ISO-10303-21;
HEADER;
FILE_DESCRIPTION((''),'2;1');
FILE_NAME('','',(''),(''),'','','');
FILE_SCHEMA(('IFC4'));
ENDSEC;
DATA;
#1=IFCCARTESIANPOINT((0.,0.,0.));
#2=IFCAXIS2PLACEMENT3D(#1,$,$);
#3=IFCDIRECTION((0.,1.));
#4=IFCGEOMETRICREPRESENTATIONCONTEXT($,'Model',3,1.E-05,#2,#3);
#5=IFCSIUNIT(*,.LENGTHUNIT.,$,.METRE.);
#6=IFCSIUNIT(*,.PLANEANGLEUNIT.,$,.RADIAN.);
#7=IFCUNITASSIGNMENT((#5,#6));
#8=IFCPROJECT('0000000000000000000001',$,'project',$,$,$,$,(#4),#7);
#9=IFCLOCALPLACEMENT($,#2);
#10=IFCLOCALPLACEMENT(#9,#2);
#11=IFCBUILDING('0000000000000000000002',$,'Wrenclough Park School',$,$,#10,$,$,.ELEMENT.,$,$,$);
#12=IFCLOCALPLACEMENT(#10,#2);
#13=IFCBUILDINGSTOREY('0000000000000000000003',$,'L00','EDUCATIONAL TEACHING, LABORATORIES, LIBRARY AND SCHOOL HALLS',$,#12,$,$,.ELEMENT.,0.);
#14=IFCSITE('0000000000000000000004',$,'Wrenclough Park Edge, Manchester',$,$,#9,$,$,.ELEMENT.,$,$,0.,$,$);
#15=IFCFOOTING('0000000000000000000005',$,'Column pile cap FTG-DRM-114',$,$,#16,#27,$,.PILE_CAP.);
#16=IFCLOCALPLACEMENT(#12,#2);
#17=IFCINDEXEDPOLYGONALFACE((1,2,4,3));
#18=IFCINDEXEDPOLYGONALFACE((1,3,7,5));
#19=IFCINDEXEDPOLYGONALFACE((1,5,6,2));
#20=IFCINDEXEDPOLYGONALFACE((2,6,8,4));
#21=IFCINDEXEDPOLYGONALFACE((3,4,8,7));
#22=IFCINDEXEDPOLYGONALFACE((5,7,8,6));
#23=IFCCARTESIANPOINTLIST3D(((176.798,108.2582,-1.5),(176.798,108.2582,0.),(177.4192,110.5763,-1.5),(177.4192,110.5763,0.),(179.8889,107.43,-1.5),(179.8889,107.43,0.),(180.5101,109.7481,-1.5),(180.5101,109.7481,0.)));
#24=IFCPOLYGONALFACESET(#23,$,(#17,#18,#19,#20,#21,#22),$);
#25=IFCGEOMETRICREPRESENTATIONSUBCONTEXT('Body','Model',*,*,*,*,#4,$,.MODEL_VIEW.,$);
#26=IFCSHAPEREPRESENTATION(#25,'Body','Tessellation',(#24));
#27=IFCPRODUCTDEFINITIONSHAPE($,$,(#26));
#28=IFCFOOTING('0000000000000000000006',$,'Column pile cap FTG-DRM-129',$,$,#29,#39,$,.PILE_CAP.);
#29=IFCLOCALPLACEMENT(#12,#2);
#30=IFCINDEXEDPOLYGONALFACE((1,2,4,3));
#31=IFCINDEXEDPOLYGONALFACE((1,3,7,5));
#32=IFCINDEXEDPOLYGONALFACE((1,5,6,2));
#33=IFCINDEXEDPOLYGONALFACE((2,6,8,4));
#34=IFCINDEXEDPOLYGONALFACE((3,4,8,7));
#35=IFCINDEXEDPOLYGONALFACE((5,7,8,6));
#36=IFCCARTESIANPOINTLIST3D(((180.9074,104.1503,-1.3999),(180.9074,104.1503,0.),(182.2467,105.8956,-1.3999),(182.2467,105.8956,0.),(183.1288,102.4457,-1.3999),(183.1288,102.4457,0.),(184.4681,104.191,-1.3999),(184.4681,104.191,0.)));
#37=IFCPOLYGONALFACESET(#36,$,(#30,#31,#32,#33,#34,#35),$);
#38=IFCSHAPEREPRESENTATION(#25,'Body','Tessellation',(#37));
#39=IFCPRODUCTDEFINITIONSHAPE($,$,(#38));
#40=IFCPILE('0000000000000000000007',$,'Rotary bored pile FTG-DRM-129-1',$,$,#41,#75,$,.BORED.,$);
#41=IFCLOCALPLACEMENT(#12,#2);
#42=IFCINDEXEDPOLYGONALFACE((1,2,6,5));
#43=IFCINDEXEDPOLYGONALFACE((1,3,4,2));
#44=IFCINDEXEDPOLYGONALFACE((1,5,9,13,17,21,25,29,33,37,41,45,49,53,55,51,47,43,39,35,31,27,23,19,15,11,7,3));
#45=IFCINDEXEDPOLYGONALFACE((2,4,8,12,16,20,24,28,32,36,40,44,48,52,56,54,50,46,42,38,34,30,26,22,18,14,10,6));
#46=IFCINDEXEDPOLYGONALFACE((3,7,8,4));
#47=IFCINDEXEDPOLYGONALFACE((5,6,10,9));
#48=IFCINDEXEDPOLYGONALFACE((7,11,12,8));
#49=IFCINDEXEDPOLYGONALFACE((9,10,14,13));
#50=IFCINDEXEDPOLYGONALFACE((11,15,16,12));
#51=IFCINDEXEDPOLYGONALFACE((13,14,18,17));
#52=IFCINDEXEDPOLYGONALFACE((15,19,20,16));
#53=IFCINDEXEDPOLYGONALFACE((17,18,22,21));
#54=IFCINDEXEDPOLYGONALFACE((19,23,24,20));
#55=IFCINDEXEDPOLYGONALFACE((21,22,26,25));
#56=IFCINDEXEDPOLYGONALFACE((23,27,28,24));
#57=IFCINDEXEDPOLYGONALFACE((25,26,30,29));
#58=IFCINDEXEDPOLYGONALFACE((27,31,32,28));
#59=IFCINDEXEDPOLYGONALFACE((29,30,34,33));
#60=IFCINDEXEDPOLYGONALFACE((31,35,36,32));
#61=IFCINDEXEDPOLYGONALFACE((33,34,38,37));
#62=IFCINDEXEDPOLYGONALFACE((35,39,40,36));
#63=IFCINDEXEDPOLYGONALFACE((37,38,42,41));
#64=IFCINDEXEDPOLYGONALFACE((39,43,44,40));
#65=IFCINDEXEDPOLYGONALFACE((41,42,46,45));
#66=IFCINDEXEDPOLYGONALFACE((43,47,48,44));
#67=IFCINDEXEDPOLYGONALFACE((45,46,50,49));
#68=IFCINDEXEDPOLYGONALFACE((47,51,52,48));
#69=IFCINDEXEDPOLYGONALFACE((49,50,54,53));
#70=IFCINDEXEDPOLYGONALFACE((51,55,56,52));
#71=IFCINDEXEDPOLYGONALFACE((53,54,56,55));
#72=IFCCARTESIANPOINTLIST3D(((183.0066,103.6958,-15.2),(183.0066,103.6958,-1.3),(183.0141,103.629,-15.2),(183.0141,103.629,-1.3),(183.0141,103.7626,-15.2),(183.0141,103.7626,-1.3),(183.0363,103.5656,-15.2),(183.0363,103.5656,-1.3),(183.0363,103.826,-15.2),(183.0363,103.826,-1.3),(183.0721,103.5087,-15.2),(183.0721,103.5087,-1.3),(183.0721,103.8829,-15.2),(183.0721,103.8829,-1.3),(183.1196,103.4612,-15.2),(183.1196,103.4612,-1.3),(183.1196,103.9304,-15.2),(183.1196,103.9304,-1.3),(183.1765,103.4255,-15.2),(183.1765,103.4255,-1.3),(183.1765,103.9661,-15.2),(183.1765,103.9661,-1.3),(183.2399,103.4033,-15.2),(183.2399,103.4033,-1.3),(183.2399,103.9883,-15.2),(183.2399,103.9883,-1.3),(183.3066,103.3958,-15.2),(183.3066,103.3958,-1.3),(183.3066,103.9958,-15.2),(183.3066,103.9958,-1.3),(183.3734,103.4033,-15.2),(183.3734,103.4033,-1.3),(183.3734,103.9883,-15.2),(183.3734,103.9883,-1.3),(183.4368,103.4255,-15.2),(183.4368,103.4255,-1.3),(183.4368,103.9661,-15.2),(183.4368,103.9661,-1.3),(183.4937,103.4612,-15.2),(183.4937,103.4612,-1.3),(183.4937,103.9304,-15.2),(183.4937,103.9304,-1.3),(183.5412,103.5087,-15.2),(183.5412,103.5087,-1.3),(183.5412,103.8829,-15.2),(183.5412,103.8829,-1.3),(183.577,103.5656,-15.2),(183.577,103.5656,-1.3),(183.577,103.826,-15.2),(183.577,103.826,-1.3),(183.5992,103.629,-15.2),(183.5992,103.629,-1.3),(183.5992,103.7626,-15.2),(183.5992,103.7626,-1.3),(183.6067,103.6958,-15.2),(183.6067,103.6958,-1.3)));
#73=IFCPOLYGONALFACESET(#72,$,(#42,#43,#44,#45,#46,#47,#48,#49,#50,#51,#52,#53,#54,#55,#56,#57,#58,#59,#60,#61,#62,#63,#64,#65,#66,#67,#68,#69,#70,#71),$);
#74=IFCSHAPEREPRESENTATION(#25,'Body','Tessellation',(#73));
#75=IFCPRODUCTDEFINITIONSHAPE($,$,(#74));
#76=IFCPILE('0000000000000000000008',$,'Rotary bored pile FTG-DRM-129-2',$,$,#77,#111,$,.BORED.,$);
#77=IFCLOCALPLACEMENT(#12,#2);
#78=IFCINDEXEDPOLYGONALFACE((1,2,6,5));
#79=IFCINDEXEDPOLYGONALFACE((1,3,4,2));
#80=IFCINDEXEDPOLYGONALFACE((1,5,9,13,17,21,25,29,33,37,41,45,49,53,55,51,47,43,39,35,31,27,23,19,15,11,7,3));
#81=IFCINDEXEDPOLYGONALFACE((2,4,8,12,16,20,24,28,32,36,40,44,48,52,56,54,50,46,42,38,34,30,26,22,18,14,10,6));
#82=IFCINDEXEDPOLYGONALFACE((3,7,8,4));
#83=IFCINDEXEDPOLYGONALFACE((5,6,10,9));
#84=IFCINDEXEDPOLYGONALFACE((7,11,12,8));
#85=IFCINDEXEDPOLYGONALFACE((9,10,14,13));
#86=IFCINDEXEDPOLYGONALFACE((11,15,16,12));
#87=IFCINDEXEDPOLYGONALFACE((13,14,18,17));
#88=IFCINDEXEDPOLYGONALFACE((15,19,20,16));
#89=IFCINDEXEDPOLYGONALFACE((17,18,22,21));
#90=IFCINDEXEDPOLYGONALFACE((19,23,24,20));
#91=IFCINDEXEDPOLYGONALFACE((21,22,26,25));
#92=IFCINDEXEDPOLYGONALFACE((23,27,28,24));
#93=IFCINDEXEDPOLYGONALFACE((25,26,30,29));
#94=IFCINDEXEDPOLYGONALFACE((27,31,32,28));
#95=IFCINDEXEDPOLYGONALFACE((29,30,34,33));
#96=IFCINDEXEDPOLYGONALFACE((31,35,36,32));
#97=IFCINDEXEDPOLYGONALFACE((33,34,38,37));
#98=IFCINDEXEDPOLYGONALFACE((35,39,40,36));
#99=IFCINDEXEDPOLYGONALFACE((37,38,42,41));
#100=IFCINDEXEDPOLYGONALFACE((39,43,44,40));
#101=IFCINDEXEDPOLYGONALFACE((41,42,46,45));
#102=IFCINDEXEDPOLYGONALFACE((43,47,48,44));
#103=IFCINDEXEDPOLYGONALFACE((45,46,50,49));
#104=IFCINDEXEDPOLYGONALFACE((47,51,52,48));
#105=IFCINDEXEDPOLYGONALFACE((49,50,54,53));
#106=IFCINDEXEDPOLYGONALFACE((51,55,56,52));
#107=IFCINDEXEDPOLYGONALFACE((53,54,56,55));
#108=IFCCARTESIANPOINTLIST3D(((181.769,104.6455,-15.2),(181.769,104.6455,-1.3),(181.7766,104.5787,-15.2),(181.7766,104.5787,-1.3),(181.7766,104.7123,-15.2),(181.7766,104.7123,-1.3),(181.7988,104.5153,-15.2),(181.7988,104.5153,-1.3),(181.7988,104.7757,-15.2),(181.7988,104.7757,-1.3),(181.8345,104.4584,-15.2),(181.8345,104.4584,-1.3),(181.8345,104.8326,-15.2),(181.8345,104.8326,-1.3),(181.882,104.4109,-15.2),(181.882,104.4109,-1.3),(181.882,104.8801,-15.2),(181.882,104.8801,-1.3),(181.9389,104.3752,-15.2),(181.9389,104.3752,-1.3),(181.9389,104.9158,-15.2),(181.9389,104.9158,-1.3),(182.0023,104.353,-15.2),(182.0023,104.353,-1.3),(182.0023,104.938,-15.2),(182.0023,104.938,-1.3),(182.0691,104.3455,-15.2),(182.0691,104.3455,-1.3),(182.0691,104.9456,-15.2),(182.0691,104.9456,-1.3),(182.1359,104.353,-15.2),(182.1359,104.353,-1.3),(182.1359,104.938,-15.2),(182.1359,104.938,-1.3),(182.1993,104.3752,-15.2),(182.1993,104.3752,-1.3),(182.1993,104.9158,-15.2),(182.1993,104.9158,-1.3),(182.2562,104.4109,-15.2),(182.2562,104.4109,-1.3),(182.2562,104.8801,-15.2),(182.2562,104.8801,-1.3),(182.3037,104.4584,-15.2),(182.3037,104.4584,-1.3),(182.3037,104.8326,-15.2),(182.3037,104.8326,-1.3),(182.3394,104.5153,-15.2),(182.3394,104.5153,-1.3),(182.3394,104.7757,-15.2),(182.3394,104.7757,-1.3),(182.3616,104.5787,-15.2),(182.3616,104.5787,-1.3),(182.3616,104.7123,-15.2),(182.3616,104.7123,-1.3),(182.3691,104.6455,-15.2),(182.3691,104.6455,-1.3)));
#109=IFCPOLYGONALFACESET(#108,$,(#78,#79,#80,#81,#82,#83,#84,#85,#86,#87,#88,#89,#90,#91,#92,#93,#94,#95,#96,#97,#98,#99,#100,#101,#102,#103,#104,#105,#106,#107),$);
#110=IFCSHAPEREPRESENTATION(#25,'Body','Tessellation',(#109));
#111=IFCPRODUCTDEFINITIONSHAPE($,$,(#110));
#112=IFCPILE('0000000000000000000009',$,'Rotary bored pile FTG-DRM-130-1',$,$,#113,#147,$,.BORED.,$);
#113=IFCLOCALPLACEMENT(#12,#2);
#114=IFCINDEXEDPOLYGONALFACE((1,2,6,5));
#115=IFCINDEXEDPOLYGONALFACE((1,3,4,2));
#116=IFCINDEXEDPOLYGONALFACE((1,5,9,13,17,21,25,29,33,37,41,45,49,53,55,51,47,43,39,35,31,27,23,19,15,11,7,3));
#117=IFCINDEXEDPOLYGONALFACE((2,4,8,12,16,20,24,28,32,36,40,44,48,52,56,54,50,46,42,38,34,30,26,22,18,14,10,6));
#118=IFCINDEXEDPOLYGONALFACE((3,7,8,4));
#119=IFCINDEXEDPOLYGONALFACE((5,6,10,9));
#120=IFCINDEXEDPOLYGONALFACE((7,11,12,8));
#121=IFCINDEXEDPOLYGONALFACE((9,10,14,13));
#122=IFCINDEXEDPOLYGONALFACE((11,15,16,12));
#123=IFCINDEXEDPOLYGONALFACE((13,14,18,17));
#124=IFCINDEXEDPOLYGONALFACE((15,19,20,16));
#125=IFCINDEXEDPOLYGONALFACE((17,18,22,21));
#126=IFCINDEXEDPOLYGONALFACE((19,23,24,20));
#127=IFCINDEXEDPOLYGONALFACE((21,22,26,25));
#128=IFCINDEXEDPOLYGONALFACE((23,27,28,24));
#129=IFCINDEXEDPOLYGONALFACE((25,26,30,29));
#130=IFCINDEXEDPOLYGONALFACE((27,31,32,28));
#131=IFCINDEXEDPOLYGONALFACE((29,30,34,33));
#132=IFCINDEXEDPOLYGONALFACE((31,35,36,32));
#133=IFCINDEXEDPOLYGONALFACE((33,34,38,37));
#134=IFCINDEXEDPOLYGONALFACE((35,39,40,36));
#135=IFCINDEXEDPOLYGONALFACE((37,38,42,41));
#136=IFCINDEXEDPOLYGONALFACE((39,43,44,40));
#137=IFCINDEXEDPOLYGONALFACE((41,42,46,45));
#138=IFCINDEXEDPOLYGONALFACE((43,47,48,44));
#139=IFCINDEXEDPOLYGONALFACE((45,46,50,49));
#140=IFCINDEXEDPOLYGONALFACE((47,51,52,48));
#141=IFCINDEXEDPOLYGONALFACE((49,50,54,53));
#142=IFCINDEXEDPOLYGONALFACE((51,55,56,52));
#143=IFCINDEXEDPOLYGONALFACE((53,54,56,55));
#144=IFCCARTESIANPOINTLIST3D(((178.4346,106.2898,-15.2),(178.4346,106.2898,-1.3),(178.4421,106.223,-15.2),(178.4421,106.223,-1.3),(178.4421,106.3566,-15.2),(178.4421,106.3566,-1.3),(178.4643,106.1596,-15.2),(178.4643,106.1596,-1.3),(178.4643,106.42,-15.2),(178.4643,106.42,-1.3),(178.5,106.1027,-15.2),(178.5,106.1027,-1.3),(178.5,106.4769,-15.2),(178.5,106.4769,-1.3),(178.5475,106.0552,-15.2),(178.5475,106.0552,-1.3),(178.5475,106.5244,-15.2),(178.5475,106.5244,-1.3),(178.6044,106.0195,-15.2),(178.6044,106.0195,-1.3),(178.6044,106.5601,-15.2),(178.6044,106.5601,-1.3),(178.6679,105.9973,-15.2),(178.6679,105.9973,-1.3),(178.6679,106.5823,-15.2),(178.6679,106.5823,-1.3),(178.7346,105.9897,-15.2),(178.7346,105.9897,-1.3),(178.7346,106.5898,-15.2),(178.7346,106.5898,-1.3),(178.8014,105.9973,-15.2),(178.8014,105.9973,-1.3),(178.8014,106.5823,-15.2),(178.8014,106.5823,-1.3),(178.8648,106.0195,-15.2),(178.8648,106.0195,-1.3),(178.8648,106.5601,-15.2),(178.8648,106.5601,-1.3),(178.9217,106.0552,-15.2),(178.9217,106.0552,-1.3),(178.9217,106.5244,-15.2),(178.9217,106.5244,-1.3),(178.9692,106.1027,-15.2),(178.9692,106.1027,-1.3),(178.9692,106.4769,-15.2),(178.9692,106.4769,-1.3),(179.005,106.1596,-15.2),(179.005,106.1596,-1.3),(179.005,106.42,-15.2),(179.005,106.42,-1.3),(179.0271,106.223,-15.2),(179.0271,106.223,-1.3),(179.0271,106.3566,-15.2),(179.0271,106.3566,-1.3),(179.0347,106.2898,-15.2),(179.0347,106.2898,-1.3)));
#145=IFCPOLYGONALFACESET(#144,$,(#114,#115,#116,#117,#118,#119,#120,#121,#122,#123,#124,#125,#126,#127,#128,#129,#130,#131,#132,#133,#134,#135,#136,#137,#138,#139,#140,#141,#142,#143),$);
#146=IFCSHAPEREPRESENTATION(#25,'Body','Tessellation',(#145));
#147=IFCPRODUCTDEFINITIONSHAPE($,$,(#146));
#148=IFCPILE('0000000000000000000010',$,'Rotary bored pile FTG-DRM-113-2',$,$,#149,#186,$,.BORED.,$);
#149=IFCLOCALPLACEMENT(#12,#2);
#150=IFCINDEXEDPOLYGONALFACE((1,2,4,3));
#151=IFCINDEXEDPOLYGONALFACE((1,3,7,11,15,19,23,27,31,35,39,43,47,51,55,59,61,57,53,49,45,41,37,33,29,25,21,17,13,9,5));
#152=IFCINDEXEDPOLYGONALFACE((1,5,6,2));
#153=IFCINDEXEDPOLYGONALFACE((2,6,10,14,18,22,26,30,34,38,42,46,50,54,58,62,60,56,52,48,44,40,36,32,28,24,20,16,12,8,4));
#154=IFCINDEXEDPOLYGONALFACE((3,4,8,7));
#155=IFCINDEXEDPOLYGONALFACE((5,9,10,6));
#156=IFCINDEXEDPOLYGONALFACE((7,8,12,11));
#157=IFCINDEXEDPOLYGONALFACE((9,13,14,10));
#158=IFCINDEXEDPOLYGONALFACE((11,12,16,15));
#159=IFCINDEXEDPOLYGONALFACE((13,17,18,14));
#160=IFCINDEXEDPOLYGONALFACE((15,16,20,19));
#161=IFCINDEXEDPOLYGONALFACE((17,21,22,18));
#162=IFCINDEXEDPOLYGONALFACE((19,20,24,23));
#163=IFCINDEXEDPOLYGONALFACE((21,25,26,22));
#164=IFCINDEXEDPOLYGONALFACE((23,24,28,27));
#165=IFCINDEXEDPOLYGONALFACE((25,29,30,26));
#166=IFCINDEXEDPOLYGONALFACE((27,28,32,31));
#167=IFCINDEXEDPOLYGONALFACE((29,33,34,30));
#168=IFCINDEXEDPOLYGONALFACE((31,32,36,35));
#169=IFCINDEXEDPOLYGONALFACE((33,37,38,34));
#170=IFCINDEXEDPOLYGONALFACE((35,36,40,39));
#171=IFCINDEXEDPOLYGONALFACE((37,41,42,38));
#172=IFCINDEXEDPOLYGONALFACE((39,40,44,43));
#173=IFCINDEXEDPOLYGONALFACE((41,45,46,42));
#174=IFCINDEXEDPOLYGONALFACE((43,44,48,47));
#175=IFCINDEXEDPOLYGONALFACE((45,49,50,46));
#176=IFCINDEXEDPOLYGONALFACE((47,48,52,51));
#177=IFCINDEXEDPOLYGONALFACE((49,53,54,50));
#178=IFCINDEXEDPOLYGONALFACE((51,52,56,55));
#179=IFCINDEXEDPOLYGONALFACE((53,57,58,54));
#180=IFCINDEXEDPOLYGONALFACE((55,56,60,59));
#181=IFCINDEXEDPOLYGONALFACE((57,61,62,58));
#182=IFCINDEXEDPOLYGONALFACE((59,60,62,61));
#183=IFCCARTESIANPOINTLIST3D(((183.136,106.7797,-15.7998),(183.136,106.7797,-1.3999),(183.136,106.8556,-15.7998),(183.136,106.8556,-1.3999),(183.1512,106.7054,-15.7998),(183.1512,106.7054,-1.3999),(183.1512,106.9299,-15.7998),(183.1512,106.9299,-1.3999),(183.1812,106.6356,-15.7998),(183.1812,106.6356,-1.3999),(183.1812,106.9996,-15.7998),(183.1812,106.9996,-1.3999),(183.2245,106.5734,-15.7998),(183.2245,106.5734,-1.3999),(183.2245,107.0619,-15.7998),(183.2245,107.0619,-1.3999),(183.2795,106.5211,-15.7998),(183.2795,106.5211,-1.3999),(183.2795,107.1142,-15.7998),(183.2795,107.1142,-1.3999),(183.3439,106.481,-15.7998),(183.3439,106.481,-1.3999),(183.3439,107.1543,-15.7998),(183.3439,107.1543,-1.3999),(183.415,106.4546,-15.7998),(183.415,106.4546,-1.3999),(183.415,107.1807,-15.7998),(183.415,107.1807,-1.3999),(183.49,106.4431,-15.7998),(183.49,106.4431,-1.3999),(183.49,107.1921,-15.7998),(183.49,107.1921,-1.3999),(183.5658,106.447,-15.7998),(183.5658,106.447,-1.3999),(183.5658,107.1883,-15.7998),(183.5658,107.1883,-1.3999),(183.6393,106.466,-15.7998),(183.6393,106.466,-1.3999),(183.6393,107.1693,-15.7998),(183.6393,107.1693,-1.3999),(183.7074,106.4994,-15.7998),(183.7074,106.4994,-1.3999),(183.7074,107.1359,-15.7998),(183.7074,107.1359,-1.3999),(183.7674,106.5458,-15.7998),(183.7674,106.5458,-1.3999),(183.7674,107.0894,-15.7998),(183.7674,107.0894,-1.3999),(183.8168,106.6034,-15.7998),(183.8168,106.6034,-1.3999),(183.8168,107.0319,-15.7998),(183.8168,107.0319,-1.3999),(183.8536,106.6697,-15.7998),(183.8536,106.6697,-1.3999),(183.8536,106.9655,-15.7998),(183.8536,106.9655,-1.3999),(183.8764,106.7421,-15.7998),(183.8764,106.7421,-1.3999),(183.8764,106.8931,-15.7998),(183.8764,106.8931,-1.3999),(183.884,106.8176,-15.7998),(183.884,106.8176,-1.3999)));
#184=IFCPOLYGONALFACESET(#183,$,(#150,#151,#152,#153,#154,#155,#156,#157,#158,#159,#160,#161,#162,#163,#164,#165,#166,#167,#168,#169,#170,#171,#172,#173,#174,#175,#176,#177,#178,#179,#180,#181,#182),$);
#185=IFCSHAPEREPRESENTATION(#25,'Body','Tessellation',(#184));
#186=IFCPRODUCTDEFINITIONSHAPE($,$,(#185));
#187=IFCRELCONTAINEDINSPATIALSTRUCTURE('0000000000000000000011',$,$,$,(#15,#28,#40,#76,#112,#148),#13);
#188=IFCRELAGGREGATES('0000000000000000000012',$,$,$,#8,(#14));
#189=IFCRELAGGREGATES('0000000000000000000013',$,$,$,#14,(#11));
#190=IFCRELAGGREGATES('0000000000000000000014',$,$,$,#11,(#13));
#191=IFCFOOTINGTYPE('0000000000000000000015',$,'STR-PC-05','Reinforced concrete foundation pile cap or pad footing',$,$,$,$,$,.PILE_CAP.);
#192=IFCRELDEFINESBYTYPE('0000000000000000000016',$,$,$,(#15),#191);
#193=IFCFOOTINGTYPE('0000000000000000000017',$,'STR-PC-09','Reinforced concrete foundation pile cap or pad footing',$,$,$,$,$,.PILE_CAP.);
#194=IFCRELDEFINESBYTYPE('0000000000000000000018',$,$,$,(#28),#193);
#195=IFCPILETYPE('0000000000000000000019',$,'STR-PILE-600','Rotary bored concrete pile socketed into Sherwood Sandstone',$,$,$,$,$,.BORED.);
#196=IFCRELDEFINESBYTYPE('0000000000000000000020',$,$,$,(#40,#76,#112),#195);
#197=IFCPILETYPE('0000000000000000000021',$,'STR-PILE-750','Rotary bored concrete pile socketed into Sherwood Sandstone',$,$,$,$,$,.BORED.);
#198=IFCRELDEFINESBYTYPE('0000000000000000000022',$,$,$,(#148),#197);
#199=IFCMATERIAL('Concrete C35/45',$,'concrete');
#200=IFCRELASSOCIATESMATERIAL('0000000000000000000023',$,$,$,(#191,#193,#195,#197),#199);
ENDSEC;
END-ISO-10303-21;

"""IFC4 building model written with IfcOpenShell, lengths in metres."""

from ifc_helpers import new_model, si_unit, direction, frame, origin, origin_2d, place, context, subcontext, project, spatial, rectangle, circle, extrude, material, material_profile, profile_set, type_object, element, save


model = new_model("IFC4")

# Units and contexts
model_context = context("Model", 3, precision=1e-05, world=origin(), true_north=direction((0.0, 1.0)))
body_context = subcontext(model_context, "Body", "Model", "MODEL_VIEW")
ifc_project = project(units=[si_unit("LENGTHUNIT", "METRE"), si_unit("PLANEANGLEUNIT", "RADIAN")], contexts=[model_context])

# Site, building, storey
site_placement = place(None, origin())
site = spatial("IfcSite", under=ifc_project, at=site_placement, Name="Wrenclough Park Edge, Manchester", CompositionType="ELEMENT", RefElevation=0.0)
building_placement = place(site_placement, origin())
building = spatial("IfcBuilding", under=site, at=building_placement, Name="Wrenclough Park School", CompositionType="ELEMENT")
storey_placement = place(building_placement, origin())
storey = spatial("IfcBuildingStorey", under=building, at=storey_placement, Name="L00", Description="EDUCATIONAL TEACHING, LABORATORIES, LIBRARY AND SCHOOL HALLS", CompositionType="ELEMENT", Elevation=0.0)

# Footings
ifc_material_1 = material(Name="Concrete C35/45", Category="concrete")
footing_type_1 = type_object("IfcFootingType", Name="STR-PC-05", Description="Reinforced concrete foundation pile cap or pad footing", PredefinedType="PILE_CAP", material=ifc_material_1)
footing_1_placement = place(storey_placement, frame((178.6541, 109.0032, -1.5), z_axis=(0.0, 0.0, 1.0), x_axis=(-0.965926, 0.258819, 0.0)))
element("IfcFooting", 1, at=footing_1_placement, inside=storey, type_object=footing_type_1, Name="Column pile cap FTG-DRM-114", PredefinedType="PILE_CAP", context=body_context, shape_type="SweptSolid", body=[
    extrude(rectangle(XDim=3.2, YDim=2.3999, at=origin_2d()), origin(), (0.0, 0.0, 1.0), 1.5),
])
footing_type_2 = type_object("IfcFootingType", Name="STR-PC-09", Description="Reinforced concrete foundation pile cap or pad footing", PredefinedType="PILE_CAP", material=ifc_material_1)
footing_2_placement = place(storey_placement, frame((182.6877, 104.1707, -1.3999), z_axis=(0.0, 0.0, 1.0), x_axis=(-0.793353, 0.608761, 0.0)))
element("IfcFooting", 2, at=footing_2_placement, inside=storey, type_object=footing_type_2, Name="Column pile cap FTG-DRM-129", PredefinedType="PILE_CAP", context=body_context, shape_type="SweptSolid", body=[
    extrude(rectangle(XDim=2.8, YDim=2.2, at=origin_2d()), origin(), (0.0, 0.0, 1.0), 1.3999),
])

# Piles
ifc_material_profile_1 = material_profile(ifc_material_1, circle(Radius=0.3, at=origin_2d()), Name="BORED PILE D600")
ifc_profile_set_1 = profile_set([ifc_material_profile_1], Name="Concrete C35/45")
pile_type_1 = type_object("IfcPileType", Name="STR-PILE-600", Description="Rotary bored concrete pile socketed into Sherwood Sandstone", PredefinedType="BORED", material=ifc_profile_set_1)
for number, where, z_axis, x_axis, name in (
    (3, (183.3066, 103.6958, -1.3), (0.0, 0.0, -1.0), (1.0, 0.0, 0.0), "Rotary bored pile FTG-DRM-129-1"),
    (4, (182.0691, 104.6455, -1.3), (0.0, 0.0, -1.0), (1.0, 0.0, 0.0), "Rotary bored pile FTG-DRM-129-2"),
    (5, (178.7346, 106.2898, -1.3), (0.0, 0.0, -1.0), (1.0, 0.0, 0.0), "Rotary bored pile FTG-DRM-130-1"),
):
    element("IfcPile", number, at=place(storey_placement, frame(where, z_axis=z_axis, x_axis=x_axis)), inside=storey, type_object=pile_type_1, Name=name, PredefinedType="BORED", context=body_context, shape_type="SweptSolid", body=[
        extrude(circle(Radius=0.3, at=origin_2d()), origin(), (0.0, 0.0, 1.0), 13.8999),
    ])
ifc_material_profile_2 = material_profile(ifc_material_1, circle(Radius=0.375, at=origin_2d()), Name="BORED PILE D750")
ifc_profile_set_2 = profile_set([ifc_material_profile_2], Name="Concrete C35/45")
pile_type_2 = type_object("IfcPileType", Name="STR-PILE-750", Description="Rotary bored concrete pile socketed into Sherwood Sandstone", PredefinedType="BORED", material=ifc_profile_set_2)
for number, where, z_axis, x_axis, name in (
    (6, (183.509, 106.8176, -1.3999), (0.0, 0.0, -1.0), (1.0, 0.0, 0.0), "Rotary bored pile FTG-DRM-113-2"),
):
    element("IfcPile", number, at=place(storey_placement, frame(where, z_axis=z_axis, x_axis=x_axis)), inside=storey, type_object=pile_type_2, Name=name, PredefinedType="BORED", context=body_context, shape_type="SweptSolid", body=[
        extrude(circle(Radius=0.375, at=origin_2d()), origin(), (0.0, 0.0, 1.0), 14.3999),
    ])

save(model, "model.ifc")
